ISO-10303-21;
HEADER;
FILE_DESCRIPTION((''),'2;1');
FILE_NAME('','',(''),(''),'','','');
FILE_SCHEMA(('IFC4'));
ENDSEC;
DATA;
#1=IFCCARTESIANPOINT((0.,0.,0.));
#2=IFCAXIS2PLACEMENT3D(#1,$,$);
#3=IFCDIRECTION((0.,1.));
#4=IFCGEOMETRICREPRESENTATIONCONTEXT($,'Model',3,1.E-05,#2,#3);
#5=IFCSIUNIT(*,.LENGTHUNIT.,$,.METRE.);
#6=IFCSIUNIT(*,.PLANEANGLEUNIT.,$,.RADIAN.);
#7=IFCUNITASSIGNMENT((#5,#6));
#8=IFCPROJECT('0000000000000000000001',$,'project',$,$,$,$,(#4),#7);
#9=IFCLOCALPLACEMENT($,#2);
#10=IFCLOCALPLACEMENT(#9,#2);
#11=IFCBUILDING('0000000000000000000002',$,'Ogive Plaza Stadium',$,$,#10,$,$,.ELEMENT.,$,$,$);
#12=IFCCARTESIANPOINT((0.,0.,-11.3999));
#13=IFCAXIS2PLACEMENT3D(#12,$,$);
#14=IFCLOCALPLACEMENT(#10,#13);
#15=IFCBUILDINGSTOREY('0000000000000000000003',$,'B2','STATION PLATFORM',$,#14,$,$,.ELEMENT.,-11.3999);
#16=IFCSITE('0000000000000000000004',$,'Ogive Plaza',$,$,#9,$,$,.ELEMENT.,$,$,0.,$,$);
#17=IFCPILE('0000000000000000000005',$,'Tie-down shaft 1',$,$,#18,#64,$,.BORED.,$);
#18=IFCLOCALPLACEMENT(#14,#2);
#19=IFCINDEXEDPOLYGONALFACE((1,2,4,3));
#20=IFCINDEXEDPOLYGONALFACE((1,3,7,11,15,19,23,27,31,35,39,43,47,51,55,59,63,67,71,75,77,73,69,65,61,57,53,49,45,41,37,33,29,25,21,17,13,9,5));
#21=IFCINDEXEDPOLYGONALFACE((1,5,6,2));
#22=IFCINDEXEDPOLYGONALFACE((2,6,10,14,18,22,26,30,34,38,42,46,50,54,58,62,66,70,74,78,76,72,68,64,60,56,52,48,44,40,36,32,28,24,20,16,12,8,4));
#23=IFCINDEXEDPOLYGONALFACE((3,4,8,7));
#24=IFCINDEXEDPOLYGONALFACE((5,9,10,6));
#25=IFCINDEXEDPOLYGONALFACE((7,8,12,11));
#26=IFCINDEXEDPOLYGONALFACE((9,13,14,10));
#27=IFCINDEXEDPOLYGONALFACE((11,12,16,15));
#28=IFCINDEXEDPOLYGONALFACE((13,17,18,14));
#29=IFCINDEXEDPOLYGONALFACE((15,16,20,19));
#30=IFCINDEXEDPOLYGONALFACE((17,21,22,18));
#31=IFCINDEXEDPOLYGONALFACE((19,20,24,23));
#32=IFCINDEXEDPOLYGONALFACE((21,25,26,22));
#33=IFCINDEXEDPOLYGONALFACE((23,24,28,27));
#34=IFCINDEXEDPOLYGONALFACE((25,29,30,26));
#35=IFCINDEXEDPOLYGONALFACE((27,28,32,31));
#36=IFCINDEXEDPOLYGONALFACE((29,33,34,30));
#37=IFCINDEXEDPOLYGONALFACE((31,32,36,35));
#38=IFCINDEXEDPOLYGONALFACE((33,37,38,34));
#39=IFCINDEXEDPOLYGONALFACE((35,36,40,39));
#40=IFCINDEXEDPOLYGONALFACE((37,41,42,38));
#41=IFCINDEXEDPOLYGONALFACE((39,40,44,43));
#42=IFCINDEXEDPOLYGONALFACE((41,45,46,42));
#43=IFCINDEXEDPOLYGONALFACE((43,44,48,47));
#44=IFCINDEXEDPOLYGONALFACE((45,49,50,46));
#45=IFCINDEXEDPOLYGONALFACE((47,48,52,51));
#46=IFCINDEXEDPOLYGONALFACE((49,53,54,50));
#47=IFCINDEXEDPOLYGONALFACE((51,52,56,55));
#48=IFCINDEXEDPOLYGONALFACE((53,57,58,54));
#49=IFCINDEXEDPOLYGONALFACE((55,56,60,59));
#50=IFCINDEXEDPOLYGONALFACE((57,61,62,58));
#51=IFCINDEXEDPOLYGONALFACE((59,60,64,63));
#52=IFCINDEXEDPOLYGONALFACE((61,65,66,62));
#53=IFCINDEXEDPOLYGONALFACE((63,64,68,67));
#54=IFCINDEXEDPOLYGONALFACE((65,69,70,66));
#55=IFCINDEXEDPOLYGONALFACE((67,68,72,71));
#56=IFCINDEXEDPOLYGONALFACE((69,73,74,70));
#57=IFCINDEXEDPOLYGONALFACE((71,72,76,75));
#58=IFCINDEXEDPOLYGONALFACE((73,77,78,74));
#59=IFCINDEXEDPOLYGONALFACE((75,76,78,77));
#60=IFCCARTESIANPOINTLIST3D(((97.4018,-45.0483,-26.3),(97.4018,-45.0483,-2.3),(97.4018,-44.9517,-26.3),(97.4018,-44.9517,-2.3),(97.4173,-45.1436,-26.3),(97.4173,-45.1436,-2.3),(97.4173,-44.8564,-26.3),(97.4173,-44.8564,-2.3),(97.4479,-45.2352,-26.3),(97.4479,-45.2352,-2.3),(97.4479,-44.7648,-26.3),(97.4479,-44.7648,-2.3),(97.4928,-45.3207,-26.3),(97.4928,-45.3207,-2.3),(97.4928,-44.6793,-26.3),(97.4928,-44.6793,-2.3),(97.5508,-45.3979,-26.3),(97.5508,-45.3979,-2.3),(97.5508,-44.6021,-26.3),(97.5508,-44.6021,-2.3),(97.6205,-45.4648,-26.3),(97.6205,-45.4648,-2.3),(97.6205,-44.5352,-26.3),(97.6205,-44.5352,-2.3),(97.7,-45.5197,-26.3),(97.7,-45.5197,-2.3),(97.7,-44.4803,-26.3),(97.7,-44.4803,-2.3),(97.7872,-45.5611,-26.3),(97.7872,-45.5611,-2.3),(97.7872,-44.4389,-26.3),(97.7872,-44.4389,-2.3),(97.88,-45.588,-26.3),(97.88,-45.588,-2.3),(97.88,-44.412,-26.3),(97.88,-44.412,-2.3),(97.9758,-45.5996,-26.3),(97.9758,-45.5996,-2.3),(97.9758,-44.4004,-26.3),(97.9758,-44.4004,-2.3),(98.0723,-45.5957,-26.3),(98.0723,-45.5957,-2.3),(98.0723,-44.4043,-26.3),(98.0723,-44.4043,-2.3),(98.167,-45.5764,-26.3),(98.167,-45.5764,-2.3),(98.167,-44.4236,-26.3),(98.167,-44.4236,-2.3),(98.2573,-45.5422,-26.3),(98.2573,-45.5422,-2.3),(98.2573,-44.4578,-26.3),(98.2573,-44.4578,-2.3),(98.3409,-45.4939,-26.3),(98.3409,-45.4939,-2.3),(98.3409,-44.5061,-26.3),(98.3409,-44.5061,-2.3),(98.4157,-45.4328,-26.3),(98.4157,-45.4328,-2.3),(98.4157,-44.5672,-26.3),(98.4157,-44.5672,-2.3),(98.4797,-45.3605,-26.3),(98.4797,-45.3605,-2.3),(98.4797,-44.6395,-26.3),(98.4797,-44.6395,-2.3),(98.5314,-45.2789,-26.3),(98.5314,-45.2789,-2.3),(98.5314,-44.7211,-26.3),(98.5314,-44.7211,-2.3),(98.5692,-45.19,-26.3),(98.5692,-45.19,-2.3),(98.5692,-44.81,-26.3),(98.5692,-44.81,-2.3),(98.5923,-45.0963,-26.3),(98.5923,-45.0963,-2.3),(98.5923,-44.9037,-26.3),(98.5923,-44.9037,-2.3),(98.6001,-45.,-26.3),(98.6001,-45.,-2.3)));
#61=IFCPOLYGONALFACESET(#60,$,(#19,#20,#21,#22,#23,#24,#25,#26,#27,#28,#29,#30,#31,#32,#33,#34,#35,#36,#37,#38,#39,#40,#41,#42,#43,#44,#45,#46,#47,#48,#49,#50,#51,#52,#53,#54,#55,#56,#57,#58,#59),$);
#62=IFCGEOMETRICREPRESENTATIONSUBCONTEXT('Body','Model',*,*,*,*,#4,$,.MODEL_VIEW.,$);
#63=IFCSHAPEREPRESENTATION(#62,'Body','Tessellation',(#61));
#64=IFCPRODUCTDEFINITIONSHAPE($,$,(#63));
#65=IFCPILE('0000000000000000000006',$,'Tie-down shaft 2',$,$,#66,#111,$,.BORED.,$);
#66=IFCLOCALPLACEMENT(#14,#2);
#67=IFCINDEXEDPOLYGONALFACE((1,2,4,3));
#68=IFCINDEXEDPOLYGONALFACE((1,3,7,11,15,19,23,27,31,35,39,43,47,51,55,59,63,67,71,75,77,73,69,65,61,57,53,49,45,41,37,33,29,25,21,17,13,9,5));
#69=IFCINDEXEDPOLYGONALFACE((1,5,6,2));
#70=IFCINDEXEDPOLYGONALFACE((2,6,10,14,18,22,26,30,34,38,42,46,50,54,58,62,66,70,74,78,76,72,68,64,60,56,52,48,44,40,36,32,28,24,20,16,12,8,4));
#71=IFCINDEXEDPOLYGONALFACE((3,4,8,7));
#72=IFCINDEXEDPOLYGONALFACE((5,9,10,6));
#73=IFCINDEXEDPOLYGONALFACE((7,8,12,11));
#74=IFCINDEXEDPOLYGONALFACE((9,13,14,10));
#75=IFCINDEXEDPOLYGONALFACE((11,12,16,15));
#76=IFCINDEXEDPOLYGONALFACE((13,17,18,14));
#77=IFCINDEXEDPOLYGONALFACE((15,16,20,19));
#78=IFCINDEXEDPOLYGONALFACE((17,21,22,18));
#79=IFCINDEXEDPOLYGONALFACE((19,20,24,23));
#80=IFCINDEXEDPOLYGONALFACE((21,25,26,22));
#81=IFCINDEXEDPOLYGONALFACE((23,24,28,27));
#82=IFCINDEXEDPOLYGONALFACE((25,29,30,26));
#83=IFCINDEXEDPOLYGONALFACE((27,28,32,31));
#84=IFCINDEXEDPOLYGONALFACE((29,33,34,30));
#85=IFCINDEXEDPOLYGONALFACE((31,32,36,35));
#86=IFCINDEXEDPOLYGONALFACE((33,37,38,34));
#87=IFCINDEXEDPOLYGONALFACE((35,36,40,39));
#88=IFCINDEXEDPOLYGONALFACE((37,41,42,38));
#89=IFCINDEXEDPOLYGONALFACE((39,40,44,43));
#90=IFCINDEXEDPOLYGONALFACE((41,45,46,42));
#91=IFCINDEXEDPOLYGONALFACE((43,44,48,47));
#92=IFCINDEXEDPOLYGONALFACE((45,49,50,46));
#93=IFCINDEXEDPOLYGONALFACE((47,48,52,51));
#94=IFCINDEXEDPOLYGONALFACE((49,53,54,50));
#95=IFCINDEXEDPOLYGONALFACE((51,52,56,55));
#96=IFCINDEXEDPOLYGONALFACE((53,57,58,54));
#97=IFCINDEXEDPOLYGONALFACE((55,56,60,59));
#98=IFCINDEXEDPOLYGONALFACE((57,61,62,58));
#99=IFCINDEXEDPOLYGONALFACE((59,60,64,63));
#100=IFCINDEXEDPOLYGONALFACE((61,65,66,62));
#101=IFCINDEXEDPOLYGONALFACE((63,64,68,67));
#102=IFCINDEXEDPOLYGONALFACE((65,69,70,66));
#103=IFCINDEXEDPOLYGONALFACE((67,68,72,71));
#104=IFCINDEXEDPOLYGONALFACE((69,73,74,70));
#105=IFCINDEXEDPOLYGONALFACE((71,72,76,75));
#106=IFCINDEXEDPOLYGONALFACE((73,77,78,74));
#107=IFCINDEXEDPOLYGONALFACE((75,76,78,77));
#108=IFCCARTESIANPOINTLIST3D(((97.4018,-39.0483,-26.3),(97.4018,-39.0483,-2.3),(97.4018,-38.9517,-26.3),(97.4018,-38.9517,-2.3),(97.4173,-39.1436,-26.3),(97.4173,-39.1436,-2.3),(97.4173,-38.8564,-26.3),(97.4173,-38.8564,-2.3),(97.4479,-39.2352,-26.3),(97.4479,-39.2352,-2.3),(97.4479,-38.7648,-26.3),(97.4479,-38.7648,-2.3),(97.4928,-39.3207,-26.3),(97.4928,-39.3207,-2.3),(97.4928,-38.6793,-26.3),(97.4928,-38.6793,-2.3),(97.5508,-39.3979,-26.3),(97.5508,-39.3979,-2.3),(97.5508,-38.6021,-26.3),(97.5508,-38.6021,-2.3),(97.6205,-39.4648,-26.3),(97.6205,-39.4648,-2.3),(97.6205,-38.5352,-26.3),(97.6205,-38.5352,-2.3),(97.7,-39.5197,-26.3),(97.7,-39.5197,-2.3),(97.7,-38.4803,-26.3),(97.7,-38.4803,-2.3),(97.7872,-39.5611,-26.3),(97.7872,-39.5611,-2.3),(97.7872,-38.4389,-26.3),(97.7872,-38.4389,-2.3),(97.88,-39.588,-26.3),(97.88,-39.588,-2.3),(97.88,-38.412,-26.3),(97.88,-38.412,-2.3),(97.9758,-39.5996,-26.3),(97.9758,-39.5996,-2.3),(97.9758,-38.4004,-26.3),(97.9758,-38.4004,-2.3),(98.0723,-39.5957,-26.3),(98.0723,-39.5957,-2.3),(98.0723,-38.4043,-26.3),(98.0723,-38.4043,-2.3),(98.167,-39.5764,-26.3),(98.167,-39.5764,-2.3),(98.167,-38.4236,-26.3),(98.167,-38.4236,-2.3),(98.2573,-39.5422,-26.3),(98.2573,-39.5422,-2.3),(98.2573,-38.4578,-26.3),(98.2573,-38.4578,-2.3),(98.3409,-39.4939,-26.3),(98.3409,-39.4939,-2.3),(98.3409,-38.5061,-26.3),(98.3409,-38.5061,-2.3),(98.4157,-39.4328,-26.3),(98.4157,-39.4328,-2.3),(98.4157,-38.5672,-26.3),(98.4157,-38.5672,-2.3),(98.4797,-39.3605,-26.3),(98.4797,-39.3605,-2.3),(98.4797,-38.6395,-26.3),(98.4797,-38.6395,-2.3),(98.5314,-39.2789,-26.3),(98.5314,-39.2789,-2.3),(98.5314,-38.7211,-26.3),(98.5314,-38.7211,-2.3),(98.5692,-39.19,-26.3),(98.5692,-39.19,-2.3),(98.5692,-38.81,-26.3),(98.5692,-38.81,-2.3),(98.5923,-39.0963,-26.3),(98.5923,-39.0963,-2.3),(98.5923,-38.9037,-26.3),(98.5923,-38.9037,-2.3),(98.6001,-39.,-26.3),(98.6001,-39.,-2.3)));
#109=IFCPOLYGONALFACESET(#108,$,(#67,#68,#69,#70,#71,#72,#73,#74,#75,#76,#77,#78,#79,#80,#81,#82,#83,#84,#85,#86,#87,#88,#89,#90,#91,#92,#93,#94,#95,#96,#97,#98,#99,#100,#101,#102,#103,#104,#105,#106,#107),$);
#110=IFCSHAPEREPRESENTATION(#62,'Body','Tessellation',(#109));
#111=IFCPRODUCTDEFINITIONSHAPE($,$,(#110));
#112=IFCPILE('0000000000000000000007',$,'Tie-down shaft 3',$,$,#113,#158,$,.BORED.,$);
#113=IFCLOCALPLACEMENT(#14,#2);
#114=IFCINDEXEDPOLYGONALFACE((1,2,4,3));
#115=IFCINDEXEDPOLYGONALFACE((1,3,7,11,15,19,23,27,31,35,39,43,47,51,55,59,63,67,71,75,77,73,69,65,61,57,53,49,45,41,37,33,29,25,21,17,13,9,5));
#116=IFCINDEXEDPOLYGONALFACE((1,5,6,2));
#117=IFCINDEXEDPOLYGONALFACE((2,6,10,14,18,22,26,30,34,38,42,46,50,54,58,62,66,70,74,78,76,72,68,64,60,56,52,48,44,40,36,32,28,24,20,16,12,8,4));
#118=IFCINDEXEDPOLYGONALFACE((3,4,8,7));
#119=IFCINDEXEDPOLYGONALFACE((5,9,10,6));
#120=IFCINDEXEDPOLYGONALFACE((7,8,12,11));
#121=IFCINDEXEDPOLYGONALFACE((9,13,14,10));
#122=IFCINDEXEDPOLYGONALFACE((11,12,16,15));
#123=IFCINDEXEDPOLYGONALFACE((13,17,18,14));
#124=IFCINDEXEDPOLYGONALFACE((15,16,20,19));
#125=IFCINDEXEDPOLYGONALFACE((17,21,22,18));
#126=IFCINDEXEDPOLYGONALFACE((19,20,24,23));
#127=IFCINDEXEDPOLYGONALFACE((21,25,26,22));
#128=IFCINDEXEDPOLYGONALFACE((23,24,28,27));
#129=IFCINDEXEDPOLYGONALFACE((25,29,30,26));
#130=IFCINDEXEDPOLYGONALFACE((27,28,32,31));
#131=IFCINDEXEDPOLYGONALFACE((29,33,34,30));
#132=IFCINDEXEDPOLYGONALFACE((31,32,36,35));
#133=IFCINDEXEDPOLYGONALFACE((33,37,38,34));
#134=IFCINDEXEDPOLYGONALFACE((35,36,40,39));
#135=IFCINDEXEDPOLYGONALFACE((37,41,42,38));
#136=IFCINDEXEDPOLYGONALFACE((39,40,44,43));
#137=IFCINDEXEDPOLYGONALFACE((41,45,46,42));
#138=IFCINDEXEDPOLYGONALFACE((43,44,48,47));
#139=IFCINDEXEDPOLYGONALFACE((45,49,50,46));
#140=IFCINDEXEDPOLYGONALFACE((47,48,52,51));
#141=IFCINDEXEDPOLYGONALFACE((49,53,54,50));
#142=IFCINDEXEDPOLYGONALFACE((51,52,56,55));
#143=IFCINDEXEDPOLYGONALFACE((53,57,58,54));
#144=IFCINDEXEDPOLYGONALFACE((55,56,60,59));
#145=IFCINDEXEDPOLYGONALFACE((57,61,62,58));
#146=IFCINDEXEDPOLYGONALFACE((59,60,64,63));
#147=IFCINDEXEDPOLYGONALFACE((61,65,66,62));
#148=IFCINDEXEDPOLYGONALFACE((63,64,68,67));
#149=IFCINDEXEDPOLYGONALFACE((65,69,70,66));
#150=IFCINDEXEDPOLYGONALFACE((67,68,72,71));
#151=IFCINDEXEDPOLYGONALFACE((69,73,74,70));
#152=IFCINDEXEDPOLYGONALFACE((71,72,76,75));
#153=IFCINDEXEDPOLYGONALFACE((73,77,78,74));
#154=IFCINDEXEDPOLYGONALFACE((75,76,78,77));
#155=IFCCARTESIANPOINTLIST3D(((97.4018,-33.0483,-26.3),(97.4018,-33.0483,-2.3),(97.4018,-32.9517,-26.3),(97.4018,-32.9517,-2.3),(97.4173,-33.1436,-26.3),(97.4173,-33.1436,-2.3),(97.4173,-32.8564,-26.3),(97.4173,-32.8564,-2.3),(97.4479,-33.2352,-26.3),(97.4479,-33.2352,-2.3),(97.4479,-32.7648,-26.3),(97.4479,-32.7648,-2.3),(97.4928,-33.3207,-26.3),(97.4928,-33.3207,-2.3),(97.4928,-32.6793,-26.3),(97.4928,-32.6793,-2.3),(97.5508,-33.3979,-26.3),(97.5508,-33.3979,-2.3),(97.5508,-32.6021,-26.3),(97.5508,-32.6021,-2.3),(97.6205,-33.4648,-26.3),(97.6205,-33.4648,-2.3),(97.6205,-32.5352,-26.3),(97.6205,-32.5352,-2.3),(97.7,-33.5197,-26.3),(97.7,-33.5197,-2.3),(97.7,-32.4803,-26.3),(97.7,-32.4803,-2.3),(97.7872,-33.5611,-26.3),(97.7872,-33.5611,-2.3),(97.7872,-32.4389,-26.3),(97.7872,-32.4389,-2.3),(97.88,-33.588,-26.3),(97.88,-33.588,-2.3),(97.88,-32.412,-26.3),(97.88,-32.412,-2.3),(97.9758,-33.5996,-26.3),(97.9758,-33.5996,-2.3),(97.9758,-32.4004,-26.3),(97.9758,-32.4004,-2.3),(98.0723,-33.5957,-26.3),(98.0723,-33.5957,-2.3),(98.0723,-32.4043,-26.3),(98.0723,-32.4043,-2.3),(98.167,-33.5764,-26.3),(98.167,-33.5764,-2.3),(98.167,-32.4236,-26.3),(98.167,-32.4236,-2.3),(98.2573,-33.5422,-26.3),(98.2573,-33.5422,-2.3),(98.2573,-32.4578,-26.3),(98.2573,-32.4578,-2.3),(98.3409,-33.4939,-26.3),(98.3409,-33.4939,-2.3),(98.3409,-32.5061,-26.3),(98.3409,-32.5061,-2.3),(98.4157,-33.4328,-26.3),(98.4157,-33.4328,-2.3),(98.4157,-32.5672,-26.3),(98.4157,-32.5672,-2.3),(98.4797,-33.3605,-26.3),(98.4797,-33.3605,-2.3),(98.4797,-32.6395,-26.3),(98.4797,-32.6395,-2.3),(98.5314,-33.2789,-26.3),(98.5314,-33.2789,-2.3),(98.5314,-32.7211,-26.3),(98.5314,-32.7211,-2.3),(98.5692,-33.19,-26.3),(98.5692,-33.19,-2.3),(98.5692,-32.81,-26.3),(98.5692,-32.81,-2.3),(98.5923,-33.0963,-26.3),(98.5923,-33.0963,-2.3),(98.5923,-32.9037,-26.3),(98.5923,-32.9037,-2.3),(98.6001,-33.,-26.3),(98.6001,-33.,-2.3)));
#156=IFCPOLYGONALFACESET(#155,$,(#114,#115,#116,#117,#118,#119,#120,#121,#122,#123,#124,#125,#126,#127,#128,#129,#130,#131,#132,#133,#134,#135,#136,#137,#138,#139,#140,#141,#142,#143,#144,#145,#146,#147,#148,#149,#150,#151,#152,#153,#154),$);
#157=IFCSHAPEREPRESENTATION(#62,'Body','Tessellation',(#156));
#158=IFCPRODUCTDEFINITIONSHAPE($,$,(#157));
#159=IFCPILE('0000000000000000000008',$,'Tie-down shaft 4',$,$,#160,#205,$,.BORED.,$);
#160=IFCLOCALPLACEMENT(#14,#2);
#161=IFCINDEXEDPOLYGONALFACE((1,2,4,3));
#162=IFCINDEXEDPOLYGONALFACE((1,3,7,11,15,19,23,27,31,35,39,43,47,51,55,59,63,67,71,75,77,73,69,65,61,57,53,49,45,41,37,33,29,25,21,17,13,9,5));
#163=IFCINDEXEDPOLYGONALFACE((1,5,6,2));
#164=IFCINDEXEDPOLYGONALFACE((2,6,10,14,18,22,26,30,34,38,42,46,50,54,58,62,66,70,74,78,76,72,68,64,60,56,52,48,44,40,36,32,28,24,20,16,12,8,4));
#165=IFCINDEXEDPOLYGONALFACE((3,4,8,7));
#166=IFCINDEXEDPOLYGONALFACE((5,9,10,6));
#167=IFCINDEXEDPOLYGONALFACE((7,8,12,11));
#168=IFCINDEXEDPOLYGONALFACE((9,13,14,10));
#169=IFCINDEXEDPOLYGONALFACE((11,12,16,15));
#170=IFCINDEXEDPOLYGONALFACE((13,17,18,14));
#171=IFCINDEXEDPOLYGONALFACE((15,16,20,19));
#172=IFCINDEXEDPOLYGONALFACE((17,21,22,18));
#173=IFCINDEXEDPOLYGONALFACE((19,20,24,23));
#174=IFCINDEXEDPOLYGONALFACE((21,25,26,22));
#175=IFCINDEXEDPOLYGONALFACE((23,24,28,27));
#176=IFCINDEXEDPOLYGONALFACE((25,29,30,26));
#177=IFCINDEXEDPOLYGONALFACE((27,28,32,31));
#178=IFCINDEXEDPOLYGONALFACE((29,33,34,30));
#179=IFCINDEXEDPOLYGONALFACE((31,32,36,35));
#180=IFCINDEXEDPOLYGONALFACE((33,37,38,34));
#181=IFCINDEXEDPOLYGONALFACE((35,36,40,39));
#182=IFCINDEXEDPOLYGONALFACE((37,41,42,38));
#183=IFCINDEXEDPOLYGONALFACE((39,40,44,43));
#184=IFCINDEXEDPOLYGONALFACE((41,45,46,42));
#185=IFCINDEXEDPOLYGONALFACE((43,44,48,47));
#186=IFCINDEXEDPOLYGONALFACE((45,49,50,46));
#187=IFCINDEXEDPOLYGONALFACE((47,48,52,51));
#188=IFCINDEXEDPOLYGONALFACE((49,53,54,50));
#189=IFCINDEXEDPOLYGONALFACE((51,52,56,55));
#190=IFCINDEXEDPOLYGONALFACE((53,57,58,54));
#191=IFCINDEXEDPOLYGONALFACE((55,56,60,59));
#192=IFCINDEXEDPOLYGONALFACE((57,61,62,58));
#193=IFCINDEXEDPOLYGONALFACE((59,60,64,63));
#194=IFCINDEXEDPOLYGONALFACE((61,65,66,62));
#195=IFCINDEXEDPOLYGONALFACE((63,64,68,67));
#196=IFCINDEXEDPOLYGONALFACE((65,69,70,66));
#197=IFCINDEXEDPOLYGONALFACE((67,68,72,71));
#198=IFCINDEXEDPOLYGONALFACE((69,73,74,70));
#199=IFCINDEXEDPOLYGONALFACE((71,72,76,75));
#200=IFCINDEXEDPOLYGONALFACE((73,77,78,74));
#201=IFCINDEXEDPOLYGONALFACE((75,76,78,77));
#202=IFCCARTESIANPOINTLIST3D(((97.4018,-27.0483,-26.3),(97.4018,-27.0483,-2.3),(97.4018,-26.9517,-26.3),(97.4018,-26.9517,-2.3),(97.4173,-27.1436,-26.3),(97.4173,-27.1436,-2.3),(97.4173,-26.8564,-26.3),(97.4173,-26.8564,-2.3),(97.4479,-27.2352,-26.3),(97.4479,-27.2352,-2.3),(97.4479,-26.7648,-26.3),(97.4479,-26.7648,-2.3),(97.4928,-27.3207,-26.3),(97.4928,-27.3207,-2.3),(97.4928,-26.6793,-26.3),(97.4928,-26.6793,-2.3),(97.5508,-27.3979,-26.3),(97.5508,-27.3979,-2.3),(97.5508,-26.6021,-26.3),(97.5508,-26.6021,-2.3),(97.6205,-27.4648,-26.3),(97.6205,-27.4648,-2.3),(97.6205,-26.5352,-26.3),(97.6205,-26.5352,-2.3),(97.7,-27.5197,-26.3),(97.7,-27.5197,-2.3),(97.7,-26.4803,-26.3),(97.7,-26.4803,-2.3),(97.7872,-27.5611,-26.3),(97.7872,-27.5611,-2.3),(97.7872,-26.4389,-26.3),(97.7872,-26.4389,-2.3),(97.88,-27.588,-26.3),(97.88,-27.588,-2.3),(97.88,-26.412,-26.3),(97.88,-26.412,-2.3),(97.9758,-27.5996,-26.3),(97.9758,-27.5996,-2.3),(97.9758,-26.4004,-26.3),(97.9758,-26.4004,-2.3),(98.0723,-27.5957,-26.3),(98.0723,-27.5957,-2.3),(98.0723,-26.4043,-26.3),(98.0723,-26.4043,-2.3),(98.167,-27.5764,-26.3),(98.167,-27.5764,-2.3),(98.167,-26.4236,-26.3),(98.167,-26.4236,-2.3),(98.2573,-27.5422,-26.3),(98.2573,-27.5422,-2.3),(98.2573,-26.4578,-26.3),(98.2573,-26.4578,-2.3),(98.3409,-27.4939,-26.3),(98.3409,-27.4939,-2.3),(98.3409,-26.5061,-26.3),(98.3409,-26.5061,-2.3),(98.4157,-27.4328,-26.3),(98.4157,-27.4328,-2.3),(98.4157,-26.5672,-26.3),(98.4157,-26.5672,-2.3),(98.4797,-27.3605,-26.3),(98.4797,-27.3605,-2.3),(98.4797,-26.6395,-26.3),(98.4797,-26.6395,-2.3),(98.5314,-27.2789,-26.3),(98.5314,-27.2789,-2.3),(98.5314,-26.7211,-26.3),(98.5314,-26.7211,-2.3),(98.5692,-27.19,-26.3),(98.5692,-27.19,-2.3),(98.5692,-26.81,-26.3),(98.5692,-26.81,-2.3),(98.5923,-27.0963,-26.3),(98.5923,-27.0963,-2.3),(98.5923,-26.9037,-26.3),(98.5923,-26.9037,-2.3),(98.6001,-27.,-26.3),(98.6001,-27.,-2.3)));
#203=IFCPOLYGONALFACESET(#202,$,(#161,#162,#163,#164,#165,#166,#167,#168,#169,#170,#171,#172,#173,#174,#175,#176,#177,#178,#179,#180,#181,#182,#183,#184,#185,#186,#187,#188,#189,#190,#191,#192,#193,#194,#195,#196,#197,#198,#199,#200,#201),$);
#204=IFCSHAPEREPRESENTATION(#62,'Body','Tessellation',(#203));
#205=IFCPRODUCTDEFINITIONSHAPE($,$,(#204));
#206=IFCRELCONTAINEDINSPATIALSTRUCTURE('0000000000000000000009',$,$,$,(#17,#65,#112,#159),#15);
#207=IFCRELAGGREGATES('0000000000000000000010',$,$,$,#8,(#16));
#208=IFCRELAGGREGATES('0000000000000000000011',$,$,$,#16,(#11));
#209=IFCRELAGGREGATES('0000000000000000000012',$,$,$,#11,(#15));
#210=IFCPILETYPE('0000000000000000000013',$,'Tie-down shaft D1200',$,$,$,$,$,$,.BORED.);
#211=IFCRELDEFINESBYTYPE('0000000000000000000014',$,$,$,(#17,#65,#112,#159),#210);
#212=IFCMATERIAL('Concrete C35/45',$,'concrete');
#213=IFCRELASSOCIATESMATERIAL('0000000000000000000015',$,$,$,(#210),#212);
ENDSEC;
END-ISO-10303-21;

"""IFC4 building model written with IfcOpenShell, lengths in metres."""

from ifc_helpers import new_model, si_unit, direction, frame, origin, origin_2d, place, context, subcontext, project, spatial, circle, extrude, material, material_profile, profile_set, type_object, element, save


model = new_model("IFC4")

# Units and contexts
model_context = context("Model", 3, precision=1e-05, world=origin(), true_north=direction((0.0, 1.0)))
body_context = subcontext(model_context, "Body", "Model", "MODEL_VIEW")
ifc_project = project(units=[si_unit("LENGTHUNIT", "METRE"), si_unit("PLANEANGLEUNIT", "RADIAN")], contexts=[model_context])

# Site, building, storey
site_placement = place(None, origin())
site = spatial("IfcSite", under=ifc_project, at=site_placement, Name="Ogive Plaza", CompositionType="ELEMENT", RefElevation=0.0)
building_placement = place(site_placement, origin())
building = spatial("IfcBuilding", under=site, at=building_placement, Name="Ogive Plaza Stadium", CompositionType="ELEMENT")
storey_placement = place(building_placement, frame((0.0, 0.0, -11.3999)))
storey = spatial("IfcBuildingStorey", under=building, at=storey_placement, Name="B2", Description="STATION PLATFORM", CompositionType="ELEMENT", Elevation=-11.3999)

# Piles
ifc_material_1 = material(Name="Concrete C35/45", Category="concrete")
ifc_material_profile = material_profile(ifc_material_1, circle(Radius=0.6001, at=origin_2d()), Name="Tie-down shaft D1200")
ifc_profile_set = profile_set([ifc_material_profile], Name="Concrete C35/45")
pile_type = type_object("IfcPileType", Name="Tie-down shaft D1200", PredefinedType="BORED", material=ifc_profile_set)
for number, where, z_axis, x_axis, name in (
    (1, (98.0, -45.0, -2.3), (0.0, 0.0, -1.0), (1.0, 0.0, 0.0), "Tie-down shaft 1"),
    (2, (98.0, -39.0, -2.3), (0.0, 0.0, -1.0), (1.0, 0.0, 0.0), "Tie-down shaft 2"),
    (3, (98.0, -33.0, -2.3), (0.0, 0.0, -1.0), (1.0, 0.0, 0.0), "Tie-down shaft 3"),
    (4, (98.0, -27.0, -2.3), (0.0, 0.0, -1.0), (1.0, 0.0, 0.0), "Tie-down shaft 4"),
):
    element("IfcPile", number, at=place(storey_placement, frame(where, z_axis=z_axis, x_axis=x_axis)), inside=storey, type_object=pile_type, Name=name, PredefinedType="BORED", context=body_context, shape_type="SweptSolid", body=[
        extrude(circle(Radius=0.6001, at=origin_2d()), origin(), (0.0, 0.0, 1.0), 24.0),
    ])

save(model, "model.ifc")
